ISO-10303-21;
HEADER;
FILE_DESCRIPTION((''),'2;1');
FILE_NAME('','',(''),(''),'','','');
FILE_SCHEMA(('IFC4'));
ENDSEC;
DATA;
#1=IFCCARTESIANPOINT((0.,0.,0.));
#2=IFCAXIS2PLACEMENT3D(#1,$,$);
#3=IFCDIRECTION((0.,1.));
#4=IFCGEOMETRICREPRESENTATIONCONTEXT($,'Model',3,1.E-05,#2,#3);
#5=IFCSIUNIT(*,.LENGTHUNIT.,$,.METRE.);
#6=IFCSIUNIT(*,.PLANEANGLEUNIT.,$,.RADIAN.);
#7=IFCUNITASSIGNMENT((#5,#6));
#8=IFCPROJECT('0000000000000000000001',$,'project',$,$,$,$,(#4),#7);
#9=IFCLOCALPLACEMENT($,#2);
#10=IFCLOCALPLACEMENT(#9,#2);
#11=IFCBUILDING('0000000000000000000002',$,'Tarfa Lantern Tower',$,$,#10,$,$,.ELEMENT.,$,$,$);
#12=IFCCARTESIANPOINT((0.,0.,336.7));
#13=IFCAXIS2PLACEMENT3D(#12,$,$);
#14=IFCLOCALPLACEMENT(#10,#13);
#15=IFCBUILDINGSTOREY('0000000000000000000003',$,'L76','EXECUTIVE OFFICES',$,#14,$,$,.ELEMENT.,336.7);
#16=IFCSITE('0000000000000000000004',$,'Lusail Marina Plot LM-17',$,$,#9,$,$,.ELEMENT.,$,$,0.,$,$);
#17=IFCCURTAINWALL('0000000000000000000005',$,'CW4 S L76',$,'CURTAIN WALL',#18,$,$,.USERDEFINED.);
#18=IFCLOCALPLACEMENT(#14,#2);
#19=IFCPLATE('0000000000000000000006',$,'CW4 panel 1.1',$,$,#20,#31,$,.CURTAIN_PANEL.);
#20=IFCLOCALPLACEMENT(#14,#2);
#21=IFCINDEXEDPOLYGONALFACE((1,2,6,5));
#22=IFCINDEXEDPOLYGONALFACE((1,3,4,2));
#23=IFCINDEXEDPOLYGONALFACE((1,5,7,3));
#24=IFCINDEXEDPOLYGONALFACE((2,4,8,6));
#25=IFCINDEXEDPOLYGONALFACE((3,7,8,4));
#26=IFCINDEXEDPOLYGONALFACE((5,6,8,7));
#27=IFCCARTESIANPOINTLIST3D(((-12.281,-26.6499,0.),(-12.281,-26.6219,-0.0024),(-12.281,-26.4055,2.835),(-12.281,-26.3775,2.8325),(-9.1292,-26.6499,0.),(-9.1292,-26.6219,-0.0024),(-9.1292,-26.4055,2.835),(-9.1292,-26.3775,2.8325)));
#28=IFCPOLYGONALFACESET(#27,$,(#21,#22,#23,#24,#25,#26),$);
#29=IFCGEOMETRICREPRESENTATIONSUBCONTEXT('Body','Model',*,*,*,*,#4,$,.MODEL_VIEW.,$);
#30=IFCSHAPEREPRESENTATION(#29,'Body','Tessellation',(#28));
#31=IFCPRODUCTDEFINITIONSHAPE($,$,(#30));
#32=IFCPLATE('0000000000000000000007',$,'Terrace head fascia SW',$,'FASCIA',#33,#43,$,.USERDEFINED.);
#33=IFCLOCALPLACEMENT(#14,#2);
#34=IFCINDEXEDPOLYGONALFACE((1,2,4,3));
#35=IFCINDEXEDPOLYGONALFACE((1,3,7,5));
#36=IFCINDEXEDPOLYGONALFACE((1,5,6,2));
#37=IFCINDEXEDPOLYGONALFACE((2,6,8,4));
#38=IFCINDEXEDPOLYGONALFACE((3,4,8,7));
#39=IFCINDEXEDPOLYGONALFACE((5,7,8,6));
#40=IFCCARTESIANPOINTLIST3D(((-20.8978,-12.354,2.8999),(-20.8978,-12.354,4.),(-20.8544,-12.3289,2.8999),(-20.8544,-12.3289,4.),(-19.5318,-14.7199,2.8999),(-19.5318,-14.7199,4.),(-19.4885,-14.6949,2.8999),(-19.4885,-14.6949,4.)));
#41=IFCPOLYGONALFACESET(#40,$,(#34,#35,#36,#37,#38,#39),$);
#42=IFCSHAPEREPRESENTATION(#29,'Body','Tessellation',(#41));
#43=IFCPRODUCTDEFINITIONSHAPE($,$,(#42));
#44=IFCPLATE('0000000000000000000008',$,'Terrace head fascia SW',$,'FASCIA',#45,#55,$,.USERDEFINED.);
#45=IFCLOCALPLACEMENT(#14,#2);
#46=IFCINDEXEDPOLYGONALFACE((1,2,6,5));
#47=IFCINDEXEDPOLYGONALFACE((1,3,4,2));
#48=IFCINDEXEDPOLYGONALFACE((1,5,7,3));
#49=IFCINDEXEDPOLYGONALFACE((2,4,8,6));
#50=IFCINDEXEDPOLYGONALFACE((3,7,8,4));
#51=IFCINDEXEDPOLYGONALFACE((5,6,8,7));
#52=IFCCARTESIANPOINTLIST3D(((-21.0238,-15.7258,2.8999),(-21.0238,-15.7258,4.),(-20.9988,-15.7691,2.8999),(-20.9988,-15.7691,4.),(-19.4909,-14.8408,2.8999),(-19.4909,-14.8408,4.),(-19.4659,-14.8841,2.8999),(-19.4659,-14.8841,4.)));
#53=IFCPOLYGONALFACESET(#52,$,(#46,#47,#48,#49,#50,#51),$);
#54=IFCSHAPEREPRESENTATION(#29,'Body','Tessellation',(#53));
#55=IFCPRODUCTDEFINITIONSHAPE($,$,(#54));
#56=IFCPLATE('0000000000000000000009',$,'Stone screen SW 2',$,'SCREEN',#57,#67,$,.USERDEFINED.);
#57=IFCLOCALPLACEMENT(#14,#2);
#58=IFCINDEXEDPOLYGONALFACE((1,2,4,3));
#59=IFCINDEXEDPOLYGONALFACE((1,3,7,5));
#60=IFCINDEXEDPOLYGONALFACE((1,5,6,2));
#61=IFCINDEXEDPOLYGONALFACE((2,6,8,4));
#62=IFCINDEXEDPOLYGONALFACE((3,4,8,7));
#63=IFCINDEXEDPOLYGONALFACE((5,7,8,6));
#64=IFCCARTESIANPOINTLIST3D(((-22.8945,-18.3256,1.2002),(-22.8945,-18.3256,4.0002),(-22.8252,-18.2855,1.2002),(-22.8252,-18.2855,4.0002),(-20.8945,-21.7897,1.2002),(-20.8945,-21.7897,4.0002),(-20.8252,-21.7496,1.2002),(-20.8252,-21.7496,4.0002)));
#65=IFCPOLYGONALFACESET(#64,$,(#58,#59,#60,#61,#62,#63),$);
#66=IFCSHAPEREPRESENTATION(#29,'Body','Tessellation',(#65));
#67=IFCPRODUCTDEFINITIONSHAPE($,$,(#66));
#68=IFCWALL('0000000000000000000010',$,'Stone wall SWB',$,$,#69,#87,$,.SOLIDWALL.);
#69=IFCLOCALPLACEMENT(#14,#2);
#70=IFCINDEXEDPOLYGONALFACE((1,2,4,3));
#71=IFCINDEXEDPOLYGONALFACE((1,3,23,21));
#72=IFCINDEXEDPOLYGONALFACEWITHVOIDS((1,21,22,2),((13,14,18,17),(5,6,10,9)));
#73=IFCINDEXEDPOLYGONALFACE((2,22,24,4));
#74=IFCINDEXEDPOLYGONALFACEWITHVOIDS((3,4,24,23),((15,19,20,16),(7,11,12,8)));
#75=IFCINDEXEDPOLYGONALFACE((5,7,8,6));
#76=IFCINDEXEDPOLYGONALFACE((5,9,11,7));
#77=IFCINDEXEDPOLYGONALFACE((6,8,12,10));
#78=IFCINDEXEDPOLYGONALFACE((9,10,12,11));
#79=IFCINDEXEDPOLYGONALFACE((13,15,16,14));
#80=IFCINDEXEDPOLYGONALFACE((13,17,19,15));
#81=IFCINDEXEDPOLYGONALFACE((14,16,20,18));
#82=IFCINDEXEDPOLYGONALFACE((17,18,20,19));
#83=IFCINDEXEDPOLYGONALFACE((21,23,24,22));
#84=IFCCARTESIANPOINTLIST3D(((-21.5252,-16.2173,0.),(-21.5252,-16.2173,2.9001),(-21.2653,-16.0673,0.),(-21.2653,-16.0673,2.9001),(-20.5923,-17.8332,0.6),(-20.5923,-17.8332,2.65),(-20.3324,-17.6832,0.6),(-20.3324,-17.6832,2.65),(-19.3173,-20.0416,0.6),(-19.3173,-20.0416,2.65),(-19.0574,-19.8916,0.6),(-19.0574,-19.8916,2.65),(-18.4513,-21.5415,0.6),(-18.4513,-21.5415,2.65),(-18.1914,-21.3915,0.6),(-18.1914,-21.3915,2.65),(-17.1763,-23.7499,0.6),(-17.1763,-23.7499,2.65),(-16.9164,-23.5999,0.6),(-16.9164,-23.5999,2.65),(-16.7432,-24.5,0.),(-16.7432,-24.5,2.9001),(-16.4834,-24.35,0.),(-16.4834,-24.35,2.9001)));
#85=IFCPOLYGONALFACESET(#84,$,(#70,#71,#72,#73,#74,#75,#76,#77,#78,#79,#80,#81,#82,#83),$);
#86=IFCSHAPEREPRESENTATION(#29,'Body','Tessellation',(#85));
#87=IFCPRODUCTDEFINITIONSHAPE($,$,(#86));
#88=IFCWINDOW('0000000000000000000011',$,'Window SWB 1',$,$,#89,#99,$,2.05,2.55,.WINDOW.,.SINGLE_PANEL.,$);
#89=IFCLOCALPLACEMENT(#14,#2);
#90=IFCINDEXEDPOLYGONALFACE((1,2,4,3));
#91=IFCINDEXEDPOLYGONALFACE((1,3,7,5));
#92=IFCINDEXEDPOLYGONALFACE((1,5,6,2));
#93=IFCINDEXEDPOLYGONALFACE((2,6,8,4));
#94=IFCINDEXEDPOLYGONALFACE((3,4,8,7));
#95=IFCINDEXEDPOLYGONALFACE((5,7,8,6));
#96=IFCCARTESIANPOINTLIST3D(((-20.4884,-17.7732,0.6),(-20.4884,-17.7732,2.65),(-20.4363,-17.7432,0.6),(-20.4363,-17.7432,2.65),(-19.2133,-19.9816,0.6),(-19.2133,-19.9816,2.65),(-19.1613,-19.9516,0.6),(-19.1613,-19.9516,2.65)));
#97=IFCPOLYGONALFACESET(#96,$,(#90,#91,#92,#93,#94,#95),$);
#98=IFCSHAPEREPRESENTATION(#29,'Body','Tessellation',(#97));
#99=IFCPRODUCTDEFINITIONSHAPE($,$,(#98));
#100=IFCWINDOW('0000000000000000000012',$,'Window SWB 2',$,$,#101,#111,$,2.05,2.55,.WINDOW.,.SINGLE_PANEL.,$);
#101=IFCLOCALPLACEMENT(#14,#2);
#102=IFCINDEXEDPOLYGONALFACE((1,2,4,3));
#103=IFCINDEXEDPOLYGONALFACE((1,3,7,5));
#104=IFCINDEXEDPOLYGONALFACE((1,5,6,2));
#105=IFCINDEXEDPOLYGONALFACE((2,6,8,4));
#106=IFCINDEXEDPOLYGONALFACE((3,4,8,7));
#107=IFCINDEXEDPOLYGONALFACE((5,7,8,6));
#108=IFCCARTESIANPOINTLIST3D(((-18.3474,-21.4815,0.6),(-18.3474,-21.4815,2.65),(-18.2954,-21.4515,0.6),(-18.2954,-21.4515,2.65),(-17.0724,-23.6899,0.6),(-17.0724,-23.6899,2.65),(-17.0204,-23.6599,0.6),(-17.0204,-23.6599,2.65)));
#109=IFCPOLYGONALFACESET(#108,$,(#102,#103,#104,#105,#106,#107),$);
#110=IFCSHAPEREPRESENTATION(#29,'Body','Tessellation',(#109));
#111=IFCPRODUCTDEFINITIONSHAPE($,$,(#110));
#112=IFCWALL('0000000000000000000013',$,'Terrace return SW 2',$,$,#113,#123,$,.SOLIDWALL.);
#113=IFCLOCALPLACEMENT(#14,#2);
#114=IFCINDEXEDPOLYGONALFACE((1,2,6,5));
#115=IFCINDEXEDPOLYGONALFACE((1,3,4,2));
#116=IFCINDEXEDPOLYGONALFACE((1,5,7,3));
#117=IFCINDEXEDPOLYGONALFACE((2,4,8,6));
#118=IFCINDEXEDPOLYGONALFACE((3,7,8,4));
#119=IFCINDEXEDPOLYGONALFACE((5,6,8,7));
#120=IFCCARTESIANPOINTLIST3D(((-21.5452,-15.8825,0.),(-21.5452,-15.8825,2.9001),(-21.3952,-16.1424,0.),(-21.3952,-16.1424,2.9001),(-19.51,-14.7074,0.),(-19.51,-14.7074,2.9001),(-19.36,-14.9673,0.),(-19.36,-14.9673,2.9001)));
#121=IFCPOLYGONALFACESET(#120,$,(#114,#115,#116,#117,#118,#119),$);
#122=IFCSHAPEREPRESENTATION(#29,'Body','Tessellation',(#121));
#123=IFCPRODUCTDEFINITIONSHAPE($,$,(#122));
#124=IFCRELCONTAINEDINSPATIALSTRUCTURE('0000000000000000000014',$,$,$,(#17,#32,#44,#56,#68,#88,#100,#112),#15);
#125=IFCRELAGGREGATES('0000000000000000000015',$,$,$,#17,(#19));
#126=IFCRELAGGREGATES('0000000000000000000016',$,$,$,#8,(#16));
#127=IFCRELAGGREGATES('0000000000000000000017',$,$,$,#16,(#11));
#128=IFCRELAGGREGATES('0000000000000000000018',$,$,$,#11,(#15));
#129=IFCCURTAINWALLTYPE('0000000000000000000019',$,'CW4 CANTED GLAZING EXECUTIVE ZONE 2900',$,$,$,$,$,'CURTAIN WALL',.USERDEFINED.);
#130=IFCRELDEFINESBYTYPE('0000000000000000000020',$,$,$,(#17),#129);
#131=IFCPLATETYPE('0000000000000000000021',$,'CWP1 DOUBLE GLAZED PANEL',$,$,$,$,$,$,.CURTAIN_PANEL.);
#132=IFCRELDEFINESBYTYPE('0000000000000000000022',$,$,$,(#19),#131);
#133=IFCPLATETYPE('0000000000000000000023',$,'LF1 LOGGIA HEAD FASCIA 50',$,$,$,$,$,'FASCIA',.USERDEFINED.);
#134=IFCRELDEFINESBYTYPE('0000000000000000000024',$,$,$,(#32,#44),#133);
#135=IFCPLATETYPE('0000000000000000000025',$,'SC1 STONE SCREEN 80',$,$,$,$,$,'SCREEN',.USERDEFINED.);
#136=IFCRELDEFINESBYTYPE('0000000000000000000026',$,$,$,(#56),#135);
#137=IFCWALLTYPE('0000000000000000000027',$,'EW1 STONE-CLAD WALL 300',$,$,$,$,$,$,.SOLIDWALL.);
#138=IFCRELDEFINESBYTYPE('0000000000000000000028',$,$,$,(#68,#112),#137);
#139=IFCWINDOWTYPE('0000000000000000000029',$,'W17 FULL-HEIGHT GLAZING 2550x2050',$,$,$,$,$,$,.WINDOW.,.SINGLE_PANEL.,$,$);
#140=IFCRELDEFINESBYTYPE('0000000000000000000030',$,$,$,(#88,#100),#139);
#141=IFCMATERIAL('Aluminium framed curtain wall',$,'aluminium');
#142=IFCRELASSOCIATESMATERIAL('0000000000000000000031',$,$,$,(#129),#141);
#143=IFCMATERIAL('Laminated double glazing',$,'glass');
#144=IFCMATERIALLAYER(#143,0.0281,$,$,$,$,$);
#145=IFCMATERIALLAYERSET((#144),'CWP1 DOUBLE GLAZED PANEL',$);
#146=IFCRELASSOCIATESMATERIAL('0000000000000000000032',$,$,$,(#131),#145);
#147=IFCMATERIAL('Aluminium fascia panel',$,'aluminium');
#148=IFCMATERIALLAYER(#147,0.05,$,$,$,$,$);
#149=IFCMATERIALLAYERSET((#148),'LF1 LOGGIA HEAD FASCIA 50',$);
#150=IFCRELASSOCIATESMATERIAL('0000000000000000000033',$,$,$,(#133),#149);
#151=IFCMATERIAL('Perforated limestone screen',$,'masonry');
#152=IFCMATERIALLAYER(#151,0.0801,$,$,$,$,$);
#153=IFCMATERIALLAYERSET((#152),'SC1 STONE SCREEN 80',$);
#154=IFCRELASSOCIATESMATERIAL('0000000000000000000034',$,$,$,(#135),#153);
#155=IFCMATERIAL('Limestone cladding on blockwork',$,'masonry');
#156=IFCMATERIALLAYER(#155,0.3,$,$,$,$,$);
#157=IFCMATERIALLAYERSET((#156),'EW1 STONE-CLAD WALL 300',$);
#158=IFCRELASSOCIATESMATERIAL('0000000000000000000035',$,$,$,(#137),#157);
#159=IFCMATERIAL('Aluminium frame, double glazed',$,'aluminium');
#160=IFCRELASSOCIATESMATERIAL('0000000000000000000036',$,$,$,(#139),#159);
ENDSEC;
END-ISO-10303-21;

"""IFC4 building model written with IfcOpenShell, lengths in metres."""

from ifc_helpers import new_model, si_unit, direction, frame, frame_2d, origin, origin_2d, place, context, subcontext, project, spatial, polyline, rectangle, outline, extrude, material, layer, layer_set, type_object, element, fill, aggregate, save


model = new_model("IFC4")

# Units and contexts
model_context = context("Model", 3, precision=1e-05, world=origin(), true_north=direction((0.0, 1.0)))
body_context = subcontext(model_context, "Body", "Model", "MODEL_VIEW")
ifc_project = project(units=[si_unit("LENGTHUNIT", "METRE"), si_unit("PLANEANGLEUNIT", "RADIAN")], contexts=[model_context])

# Site, building, storey
site_placement = place(None, origin())
site = spatial("IfcSite", under=ifc_project, at=site_placement, Name="Lusail Marina Plot LM-17", CompositionType="ELEMENT", RefElevation=0.0)
building_placement = place(site_placement, origin())
building = spatial("IfcBuilding", under=site, at=building_placement, Name="Tarfa Lantern Tower", CompositionType="ELEMENT")
storey_placement = place(building_placement, frame((0.0, 0.0, 336.7)))
storey = spatial("IfcBuildingStorey", under=building, at=storey_placement, Name="L76", Description="EXECUTIVE OFFICES", CompositionType="ELEMENT", Elevation=336.7)

# Curtain wall
ifc_material_1 = material(Name="Aluminium framed curtain wall", Category="aluminium")
curtain_wall_type = type_object("IfcCurtainWallType", Name="CW4 CANTED GLAZING EXECUTIVE ZONE 2900", ElementType="CURTAIN WALL", PredefinedType="USERDEFINED", material=ifc_material_1)
curtain_wall_placement = place(storey_placement, origin())
curtain_wall = element("IfcCurtainWall", 1, at=curtain_wall_placement, inside=storey, type_object=curtain_wall_type, Name="CW4 S L76", ObjectType="CURTAIN WALL", PredefinedType="USERDEFINED")

# Plate
ifc_material_2 = material(Name="Laminated double glazing", Category="glass")
ifc_layer_1 = layer(ifc_material_2, 0.0281)
ifc_layer_set_1 = layer_set([ifc_layer_1], Name="CWP1 DOUBLE GLAZED PANEL")
plate_type_1 = type_object("IfcPlateType", Name="CWP1 DOUBLE GLAZED PANEL", PredefinedType="CURTAIN_PANEL", material=ifc_layer_set_1)
plate_1_placement = place(storey_placement, frame((-12.281, -26.6499, 0.0), z_axis=(0.0, -0.996305, 0.085885), x_axis=(1.0, 0.0, 0.0)))
plate_1 = element("IfcPlate", 2, at=plate_1_placement, type_object=plate_type_1, Name="CW4 panel 1.1", PredefinedType="CURTAIN_PANEL", context=body_context, shape_type="SweptSolid", body=[
    extrude(outline(polyline([(0.0, 0.0), (3.1519, 0.0), (3.1519, 2.8455), (0.0, 2.8455), (0.0, 0.0)])), origin(), (0.0, 0.0, -1.0), 0.0281),
])
aggregate(curtain_wall, [plate_1])

# Plates
ifc_material_3 = material(Name="Aluminium fascia panel", Category="aluminium")
ifc_layer_2 = layer(ifc_material_3, 0.05)
ifc_layer_set_2 = layer_set([ifc_layer_2], Name="LF1 LOGGIA HEAD FASCIA 50")
plate_type_2 = type_object("IfcPlateType", Name="LF1 LOGGIA HEAD FASCIA 50", ElementType="FASCIA", PredefinedType="USERDEFINED", material=ifc_layer_set_2)
plate_2_placement = place(storey_placement, frame((-20.1931, -13.5244, 2.8999), z_axis=(0.0, 0.0, 1.0), x_axis=(0.5, -0.866025, 0.0)))
element("IfcPlate", 3, at=plate_2_placement, inside=storey, type_object=plate_type_2, Name="Terrace head fascia SW", ObjectType="FASCIA", PredefinedType="USERDEFINED", context=body_context, shape_type="SweptSolid", body=[
    extrude(rectangle(XDim=2.7319, YDim=0.05, at=origin_2d()), origin(), (0.0, 0.0, 1.0), 1.1001),
])
plate_3_placement = place(storey_placement, frame((-20.2449, -15.3049, 2.8999), z_axis=(0.0, 0.0, 1.0), x_axis=(0.866025, 0.5, 0.0)))
element("IfcPlate", 4, at=plate_3_placement, inside=storey, type_object=plate_type_2, Name="Terrace head fascia SW", ObjectType="FASCIA", PredefinedType="USERDEFINED", context=body_context, shape_type="SweptSolid", body=[
    extrude(rectangle(XDim=1.77, YDim=0.05, at=origin_2d()), origin(), (0.0, 0.0, 1.0), 1.1001),
])
ifc_material_4 = material(Name="Perforated limestone screen", Category="masonry")
ifc_layer_3 = layer(ifc_material_4, 0.0801)
ifc_layer_set_3 = layer_set([ifc_layer_3], Name="SC1 STONE SCREEN 80")
plate_type_3 = type_object("IfcPlateType", Name="SC1 STONE SCREEN 80", ElementType="SCREEN", PredefinedType="USERDEFINED", material=ifc_layer_set_3)
plate_4_placement = place(storey_placement, frame((-21.8599, -20.0376, 1.2002), z_axis=(0.0, 0.0, 1.0), x_axis=(0.5, -0.866025, 0.0)))
element("IfcPlate", 5, at=plate_4_placement, inside=storey, type_object=plate_type_3, Name="Stone screen SW 2", ObjectType="SCREEN", PredefinedType="USERDEFINED", context=body_context, shape_type="SweptSolid", body=[
    extrude(rectangle(XDim=4.0, YDim=0.0801, at=origin_2d()), origin(), (0.0, 0.0, 1.0), 2.8),
])

# Wall, openings, windows
ifc_material_5 = material(Name="Limestone cladding on blockwork", Category="masonry")
ifc_layer_4 = layer(ifc_material_5, 0.3)
ifc_layer_set_4 = layer_set([ifc_layer_4], Name="EW1 STONE-CLAD WALL 300")
wall_type = type_object("IfcWallType", Name="EW1 STONE-CLAD WALL 300", PredefinedType="SOLIDWALL", material=ifc_layer_set_4)
wall_1_placement = place(storey_placement, frame((-21.3953, -16.1423, 0.0), z_axis=(0.0, 0.0, 1.0), x_axis=(0.499996, -0.866027, 0.0)))
wall_1 = element("IfcWall", 6, at=wall_1_placement, inside=storey, type_object=wall_type, Name="Stone wall SWB", PredefinedType="SOLIDWALL", context=body_context, shape_type="SweptSolid", body=[
    extrude(rectangle(XDim=9.564, YDim=0.3, at=frame_2d((4.782, 0.0))), origin(), (0.0, 0.0, 1.0), 2.9001),
])
opening_1_placement = place(wall_1_placement, frame((1.866, 0.0, 0.6001)))
opening_1 = element("IfcOpeningElement", 7, at=opening_1_placement, cuts=wall_1, PredefinedType="OPENING", context=body_context, shape_type="SweptSolid", body=[
    extrude(rectangle(XDim=2.55, YDim=2.05, at=frame_2d((1.2749, 1.0249))), frame((0.0, 0.1599, 0.0), z_axis=(0.0, -1.0, 0.0), x_axis=(1.0, 0.0, 0.0)), (0.0, 0.0, 1.0), 0.3201),
])
opening_2_placement = place(wall_1_placement, frame((6.1479, 0.0, 0.6001)))
opening_2 = element("IfcOpeningElement", 8, at=opening_2_placement, cuts=wall_1, PredefinedType="OPENING", context=body_context, shape_type="SweptSolid", body=[
    extrude(rectangle(XDim=2.55, YDim=2.05, at=frame_2d((1.2749, 1.0249))), frame((0.0, 0.1599, 0.0), z_axis=(0.0, -1.0, 0.0), x_axis=(1.0, 0.0, 0.0)), (0.0, 0.0, 1.0), 0.3201),
])
ifc_material_6 = material(Name="Aluminium frame, double glazed", Category="aluminium")
window_type = type_object("IfcWindowType", Name="W17 FULL-HEIGHT GLAZING 2550x2050", PartitioningType="SINGLE_PANEL", PredefinedType="WINDOW", material=ifc_material_6)
window_1_placement = place(opening_1_placement, origin())
window_1 = element("IfcWindow", 9, at=window_1_placement, inside=storey, type_object=window_type, Name="Window SWB 1", OverallHeight=2.05, OverallWidth=2.55, PartitioningType="SINGLE_PANEL", PredefinedType="WINDOW", context=body_context, shape_type="SweptSolid", body=[
    extrude(rectangle(XDim=2.55, YDim=2.05, at=frame_2d((1.2749, 1.0249))), frame((0.0, 0.03, 0.0), z_axis=(0.0, -1.0, 0.0), x_axis=(1.0, 0.0, 0.0)), (0.0, 0.0, 1.0), 0.0601),
])
fill(opening_1, window_1)
window_2_placement = place(opening_2_placement, origin())
window_2 = element("IfcWindow", 10, at=window_2_placement, inside=storey, type_object=window_type, Name="Window SWB 2", OverallHeight=2.05, OverallWidth=2.55, PartitioningType="SINGLE_PANEL", PredefinedType="WINDOW", context=body_context, shape_type="SweptSolid", body=[
    extrude(rectangle(XDim=2.55, YDim=2.05, at=frame_2d((1.2749, 1.0249))), frame((0.0, 0.03, 0.0), z_axis=(0.0, -1.0, 0.0), x_axis=(1.0, 0.0, 0.0)), (0.0, 0.0, 1.0), 0.0601),
])
fill(opening_2, window_2)

# Wall
wall_2_placement = place(storey_placement, frame((-21.4702, -16.0125, 0.0), z_axis=(0.0, 0.0, 1.0), x_axis=(0.866016, 0.500016, 0.0)))
element("IfcWall", 11, at=wall_2_placement, inside=storey, type_object=wall_type, Name="Terrace return SW 2", PredefinedType="SOLIDWALL", context=body_context, shape_type="SweptSolid", body=[
    extrude(rectangle(XDim=2.3501, YDim=0.3, at=frame_2d((1.175, 0.0))), origin(), (0.0, 0.0, 1.0), 2.9001),
])

save(model, "model.ifc")
